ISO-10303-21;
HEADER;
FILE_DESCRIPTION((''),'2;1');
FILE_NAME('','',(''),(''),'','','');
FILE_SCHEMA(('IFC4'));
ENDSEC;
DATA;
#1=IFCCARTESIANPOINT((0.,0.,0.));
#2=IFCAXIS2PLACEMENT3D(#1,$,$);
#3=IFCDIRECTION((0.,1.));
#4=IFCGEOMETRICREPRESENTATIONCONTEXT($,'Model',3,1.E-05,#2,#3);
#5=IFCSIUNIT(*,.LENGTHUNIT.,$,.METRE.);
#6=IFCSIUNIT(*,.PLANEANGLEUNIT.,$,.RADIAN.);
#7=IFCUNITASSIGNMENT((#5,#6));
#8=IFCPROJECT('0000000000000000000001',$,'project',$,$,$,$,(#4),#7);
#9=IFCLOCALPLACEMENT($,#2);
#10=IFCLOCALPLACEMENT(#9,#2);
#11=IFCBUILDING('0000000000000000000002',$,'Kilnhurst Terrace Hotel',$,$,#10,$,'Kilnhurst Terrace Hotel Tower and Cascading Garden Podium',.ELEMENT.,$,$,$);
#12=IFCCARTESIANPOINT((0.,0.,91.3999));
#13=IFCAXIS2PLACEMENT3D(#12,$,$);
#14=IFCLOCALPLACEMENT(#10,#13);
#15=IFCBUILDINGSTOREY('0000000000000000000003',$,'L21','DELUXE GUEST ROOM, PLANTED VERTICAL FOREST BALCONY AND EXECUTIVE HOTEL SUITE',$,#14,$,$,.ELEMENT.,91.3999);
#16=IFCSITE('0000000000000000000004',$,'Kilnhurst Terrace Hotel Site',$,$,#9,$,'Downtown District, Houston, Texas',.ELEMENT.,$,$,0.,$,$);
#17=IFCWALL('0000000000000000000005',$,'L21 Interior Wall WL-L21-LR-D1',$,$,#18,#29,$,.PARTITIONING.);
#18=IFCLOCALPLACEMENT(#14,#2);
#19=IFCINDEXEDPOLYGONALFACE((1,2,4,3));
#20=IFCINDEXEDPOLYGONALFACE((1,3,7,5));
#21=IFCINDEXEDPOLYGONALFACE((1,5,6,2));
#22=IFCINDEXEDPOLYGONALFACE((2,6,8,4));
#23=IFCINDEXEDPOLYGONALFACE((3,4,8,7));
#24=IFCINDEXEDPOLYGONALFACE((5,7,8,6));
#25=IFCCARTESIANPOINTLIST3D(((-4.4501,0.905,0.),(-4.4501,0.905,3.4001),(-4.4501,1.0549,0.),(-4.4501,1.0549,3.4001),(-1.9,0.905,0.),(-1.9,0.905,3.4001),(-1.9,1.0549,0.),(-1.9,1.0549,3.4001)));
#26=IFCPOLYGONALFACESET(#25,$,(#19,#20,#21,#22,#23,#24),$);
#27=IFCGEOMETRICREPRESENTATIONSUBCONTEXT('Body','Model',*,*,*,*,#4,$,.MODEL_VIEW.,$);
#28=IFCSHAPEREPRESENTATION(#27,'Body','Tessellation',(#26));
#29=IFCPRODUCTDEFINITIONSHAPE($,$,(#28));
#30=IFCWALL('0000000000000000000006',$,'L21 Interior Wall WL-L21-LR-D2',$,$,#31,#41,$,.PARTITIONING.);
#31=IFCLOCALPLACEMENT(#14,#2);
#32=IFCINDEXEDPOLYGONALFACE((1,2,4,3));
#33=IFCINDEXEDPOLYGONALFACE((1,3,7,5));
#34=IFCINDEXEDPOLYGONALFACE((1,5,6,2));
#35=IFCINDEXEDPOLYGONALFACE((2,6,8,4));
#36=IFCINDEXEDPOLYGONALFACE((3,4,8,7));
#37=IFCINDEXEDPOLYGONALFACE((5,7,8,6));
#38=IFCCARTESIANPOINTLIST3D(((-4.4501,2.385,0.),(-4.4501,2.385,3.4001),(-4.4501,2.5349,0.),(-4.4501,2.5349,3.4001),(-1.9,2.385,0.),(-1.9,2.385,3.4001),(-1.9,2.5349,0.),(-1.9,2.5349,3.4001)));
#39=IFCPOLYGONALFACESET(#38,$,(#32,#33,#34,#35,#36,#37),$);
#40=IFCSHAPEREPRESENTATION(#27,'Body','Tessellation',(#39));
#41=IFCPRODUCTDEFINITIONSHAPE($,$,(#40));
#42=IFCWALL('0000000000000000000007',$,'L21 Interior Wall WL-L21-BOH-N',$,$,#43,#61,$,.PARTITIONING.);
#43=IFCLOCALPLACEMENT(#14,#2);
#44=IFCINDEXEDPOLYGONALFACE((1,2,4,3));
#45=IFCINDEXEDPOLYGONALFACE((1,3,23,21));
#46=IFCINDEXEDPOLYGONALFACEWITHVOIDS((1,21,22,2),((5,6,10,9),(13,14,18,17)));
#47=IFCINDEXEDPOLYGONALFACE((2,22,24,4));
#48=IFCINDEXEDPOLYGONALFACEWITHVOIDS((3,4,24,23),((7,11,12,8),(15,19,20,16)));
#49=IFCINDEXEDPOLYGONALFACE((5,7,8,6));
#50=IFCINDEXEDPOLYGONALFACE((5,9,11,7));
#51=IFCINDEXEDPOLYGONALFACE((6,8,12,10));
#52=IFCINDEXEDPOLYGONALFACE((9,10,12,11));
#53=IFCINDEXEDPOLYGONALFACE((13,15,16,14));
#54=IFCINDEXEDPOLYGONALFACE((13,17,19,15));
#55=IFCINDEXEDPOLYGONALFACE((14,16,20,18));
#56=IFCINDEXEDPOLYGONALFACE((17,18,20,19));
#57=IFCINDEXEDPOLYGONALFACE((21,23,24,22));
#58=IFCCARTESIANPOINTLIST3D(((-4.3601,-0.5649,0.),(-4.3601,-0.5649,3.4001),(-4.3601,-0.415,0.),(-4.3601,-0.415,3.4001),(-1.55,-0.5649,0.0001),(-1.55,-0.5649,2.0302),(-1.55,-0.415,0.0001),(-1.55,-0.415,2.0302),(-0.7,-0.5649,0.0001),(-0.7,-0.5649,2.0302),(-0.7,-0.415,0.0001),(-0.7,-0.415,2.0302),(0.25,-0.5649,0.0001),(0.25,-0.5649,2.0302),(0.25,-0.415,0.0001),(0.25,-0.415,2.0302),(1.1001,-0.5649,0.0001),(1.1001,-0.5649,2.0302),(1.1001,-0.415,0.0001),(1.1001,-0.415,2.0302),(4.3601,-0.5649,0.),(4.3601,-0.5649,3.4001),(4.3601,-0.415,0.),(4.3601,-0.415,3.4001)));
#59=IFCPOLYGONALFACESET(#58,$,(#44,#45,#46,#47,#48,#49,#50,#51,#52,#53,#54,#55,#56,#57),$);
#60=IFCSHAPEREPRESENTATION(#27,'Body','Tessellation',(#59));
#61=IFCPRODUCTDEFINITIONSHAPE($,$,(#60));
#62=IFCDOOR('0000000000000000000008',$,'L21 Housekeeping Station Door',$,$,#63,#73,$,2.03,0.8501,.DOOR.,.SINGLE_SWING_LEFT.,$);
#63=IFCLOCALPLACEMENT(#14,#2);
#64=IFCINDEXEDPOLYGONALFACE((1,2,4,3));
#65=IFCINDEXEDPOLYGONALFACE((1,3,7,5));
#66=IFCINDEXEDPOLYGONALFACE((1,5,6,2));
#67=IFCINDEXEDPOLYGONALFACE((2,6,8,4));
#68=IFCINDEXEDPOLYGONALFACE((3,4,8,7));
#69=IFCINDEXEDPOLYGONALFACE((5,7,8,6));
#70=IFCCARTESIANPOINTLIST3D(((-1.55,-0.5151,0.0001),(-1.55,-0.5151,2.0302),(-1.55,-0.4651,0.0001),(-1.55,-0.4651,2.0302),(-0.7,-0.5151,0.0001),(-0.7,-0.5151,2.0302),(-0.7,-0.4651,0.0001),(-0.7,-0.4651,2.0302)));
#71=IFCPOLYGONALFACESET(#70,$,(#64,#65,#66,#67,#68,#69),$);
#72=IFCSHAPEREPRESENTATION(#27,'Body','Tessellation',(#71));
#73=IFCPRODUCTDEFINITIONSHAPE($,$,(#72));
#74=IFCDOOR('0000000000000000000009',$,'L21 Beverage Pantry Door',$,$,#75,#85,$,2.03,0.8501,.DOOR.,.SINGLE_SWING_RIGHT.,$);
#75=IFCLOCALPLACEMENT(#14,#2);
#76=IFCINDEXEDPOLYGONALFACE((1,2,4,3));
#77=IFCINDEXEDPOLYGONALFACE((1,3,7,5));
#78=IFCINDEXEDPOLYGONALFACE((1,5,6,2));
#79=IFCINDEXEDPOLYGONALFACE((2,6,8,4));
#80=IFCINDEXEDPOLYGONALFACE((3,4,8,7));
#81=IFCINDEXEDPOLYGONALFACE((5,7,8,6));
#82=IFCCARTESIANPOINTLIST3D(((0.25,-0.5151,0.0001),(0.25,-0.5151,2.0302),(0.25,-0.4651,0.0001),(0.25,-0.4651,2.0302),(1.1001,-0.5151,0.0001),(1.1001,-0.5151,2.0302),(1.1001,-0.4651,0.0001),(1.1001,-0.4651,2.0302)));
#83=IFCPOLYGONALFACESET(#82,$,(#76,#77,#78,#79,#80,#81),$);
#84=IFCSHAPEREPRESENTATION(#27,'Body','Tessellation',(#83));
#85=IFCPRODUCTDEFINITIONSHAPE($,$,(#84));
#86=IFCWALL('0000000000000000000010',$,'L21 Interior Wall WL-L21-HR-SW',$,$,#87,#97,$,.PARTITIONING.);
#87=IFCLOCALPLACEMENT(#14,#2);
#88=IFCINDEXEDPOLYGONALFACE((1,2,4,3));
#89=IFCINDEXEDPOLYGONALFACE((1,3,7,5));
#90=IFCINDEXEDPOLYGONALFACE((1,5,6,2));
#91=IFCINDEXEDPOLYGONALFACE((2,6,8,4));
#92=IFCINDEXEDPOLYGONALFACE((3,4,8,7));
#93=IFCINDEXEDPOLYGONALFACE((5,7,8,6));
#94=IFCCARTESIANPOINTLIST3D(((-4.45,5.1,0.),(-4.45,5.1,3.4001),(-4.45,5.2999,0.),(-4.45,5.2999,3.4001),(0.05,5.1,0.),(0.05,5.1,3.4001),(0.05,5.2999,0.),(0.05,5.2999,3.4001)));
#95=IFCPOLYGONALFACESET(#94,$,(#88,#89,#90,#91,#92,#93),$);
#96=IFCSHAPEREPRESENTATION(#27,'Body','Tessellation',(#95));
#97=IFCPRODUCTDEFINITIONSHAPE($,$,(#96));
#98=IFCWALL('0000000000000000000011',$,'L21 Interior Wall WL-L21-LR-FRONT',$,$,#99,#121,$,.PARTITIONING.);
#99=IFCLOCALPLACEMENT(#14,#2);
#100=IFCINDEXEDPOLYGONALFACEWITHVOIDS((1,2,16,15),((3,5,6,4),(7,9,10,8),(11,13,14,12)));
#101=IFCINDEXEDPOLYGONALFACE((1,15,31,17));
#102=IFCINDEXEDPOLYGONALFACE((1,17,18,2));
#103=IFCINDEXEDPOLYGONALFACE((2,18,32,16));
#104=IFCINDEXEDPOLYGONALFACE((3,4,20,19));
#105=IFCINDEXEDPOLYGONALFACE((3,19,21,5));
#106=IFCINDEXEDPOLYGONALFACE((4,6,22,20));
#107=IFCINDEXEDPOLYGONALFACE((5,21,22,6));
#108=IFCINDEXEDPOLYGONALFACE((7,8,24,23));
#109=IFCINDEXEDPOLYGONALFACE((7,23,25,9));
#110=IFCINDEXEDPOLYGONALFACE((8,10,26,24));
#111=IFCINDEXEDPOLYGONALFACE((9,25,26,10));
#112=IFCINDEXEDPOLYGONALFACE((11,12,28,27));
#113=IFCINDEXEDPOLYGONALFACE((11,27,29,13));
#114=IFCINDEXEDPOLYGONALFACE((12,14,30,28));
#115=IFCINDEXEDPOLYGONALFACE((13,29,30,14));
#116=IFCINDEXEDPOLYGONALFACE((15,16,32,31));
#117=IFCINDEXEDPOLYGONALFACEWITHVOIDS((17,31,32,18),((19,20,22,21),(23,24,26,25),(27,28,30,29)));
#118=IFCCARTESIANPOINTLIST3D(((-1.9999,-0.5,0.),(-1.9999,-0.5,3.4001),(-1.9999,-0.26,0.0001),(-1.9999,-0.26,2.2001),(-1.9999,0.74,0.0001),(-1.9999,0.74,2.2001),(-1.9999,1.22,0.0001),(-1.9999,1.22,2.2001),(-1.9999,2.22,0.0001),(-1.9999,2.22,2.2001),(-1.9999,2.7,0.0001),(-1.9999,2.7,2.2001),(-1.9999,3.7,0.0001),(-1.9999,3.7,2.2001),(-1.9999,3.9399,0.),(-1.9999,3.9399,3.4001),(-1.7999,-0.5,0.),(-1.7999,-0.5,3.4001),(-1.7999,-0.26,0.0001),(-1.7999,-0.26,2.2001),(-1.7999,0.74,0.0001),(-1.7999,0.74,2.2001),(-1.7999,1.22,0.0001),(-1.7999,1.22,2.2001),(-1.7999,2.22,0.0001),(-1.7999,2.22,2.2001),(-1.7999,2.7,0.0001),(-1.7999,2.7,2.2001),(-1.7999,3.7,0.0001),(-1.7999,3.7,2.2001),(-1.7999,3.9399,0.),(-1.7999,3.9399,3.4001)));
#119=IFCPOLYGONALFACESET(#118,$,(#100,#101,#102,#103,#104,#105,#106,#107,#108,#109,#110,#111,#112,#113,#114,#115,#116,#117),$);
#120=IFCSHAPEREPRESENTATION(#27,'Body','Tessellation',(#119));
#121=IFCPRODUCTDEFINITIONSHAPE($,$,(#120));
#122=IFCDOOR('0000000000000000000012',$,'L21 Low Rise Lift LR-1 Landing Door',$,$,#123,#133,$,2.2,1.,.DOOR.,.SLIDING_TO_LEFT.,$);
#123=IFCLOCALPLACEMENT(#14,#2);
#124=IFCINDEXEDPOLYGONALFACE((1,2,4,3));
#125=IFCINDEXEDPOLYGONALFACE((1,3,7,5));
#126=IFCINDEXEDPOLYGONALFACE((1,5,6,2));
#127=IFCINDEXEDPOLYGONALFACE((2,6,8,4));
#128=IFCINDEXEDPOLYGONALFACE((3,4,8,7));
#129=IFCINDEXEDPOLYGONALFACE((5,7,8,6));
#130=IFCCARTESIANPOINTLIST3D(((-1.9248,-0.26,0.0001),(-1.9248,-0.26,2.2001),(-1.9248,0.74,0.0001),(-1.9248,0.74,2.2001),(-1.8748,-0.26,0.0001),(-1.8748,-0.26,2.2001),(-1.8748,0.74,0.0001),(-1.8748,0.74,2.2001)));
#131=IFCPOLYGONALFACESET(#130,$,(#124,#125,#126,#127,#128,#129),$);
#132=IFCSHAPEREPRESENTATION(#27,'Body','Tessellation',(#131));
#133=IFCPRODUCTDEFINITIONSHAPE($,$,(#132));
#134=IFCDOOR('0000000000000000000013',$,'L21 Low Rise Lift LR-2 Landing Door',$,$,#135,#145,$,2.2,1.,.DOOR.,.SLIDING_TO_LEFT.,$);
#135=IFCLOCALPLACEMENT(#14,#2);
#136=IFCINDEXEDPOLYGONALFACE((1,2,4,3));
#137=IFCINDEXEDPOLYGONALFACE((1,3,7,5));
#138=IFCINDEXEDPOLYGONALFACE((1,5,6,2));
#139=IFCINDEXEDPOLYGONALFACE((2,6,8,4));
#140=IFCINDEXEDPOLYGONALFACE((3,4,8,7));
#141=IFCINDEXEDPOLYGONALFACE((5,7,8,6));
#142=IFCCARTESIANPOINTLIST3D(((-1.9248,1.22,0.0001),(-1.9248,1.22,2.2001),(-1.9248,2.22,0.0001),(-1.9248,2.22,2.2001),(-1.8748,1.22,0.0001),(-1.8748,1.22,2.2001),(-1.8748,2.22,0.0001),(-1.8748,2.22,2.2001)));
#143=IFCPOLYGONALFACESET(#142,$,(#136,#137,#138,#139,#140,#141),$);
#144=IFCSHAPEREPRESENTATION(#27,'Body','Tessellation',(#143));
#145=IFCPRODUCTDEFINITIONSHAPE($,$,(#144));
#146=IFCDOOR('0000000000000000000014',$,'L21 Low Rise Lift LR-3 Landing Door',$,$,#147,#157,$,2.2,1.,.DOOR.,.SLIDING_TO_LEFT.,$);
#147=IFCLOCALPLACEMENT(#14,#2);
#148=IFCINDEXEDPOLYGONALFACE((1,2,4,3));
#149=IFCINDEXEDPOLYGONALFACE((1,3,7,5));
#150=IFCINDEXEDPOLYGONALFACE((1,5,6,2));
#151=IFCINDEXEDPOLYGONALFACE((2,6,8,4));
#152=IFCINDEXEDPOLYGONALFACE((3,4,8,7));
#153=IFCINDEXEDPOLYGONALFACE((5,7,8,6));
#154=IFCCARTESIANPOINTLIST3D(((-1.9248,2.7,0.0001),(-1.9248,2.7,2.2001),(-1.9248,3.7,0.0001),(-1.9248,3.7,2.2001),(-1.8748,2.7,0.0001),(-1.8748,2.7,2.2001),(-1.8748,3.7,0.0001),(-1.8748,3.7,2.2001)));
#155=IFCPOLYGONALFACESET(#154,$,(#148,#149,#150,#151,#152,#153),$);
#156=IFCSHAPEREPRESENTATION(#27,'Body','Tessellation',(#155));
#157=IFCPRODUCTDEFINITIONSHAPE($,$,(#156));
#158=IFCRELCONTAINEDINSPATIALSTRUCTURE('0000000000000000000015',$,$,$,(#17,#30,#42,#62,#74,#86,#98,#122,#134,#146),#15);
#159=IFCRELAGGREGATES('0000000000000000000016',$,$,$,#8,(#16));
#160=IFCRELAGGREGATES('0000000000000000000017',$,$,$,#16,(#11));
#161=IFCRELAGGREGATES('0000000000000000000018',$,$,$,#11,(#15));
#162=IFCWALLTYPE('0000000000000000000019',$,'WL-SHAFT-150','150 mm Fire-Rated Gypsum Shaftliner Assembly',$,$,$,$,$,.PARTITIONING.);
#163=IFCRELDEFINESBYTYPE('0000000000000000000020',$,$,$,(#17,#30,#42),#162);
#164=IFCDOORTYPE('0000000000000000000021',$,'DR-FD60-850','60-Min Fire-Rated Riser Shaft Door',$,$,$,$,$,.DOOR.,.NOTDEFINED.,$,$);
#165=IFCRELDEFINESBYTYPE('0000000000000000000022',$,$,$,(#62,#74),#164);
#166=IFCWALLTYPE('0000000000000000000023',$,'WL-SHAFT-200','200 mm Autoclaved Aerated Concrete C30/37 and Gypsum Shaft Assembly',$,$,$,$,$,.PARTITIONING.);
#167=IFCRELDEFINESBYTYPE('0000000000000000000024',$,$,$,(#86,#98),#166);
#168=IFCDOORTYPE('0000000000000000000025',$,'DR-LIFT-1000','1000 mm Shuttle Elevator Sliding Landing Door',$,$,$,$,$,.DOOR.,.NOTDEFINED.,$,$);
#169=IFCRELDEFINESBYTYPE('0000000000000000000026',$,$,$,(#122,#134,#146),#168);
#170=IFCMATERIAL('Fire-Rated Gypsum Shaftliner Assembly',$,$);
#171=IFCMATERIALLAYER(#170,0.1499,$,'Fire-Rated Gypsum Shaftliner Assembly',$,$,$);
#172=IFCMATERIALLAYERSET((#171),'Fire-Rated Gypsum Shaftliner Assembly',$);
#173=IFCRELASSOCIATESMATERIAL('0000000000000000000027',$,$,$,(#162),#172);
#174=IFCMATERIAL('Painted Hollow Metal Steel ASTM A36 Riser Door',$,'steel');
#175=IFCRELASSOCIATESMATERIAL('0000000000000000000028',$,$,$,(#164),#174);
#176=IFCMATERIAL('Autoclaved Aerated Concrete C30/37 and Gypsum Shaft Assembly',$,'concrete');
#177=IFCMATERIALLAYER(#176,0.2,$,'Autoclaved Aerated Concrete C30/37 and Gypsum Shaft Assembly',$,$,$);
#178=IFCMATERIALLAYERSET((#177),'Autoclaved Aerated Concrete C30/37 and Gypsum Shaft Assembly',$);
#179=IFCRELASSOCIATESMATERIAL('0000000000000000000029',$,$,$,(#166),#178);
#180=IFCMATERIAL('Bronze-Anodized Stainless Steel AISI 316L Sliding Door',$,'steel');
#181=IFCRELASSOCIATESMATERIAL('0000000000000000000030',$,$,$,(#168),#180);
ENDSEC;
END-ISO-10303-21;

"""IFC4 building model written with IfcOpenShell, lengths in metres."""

from ifc_helpers import new_model, si_unit, direction, frame, frame_2d, origin, place, context, subcontext, project, spatial, rectangle, extrude, material, layer, layer_set, type_object, element, fill, save


model = new_model("IFC4")

# Units and contexts
model_context = context("Model", 3, precision=1e-05, world=origin(), true_north=direction((0.0, 1.0)))
body_context = subcontext(model_context, "Body", "Model", "MODEL_VIEW")
ifc_project = project(units=[si_unit("LENGTHUNIT", "METRE"), si_unit("PLANEANGLEUNIT", "RADIAN")], contexts=[model_context])

# Site, building, storey
site_placement = place(None, origin())
site = spatial("IfcSite", under=ifc_project, at=site_placement, Name="Kilnhurst Terrace Hotel Site", LongName="Downtown District, Houston, Texas", CompositionType="ELEMENT", RefElevation=0.0)
building_placement = place(site_placement, origin())
building = spatial("IfcBuilding", under=site, at=building_placement, Name="Kilnhurst Terrace Hotel", LongName="Kilnhurst Terrace Hotel Tower and Cascading Garden Podium", CompositionType="ELEMENT")
storey_placement = place(building_placement, frame((0.0, 0.0, 91.3999)))
storey = spatial("IfcBuildingStorey", under=building, at=storey_placement, Name="L21", Description="DELUXE GUEST ROOM, PLANTED VERTICAL FOREST BALCONY AND EXECUTIVE HOTEL SUITE", CompositionType="ELEMENT", Elevation=91.3999)

# Walls
ifc_material_1 = material(Name="Fire-Rated Gypsum Shaftliner Assembly")
ifc_layer_1 = layer(ifc_material_1, 0.1499, Name="Fire-Rated Gypsum Shaftliner Assembly")
ifc_layer_set_1 = layer_set([ifc_layer_1], Name="Fire-Rated Gypsum Shaftliner Assembly")
wall_type_1 = type_object("IfcWallType", Name="WL-SHAFT-150", Description="150 mm Fire-Rated Gypsum Shaftliner Assembly", PredefinedType="PARTITIONING", material=ifc_layer_set_1)
for number, where, z_axis, x_axis, name in (
    (1, (-4.45, 0.98, 0.0), (0.0, 0.0, 1.0), (1.0, 0.0, 0.0), "L21 Interior Wall WL-L21-LR-D1"),
    (2, (-4.45, 2.46, 0.0), (0.0, 0.0, 1.0), (1.0, 0.0, 0.0), "L21 Interior Wall WL-L21-LR-D2"),
):
    element("IfcWall", number, at=place(storey_placement, frame(where, z_axis=z_axis, x_axis=x_axis)), inside=storey, type_object=wall_type_1, Name=name, PredefinedType="PARTITIONING", context=body_context, shape_type="SweptSolid", body=[
        extrude(rectangle(XDim=2.55, YDim=0.1499, at=frame_2d((1.2749, 0.0))), origin(), (0.0, 0.0, 1.0), 3.4001),
    ])

# Wall, openings, doors
wall_1_placement = place(storey_placement, frame((-4.3601, -0.49, 0.0), z_axis=(0.0, 0.0, 1.0), x_axis=(1.0, 0.0, 0.0)))
wall_1 = element("IfcWall", 3, at=wall_1_placement, inside=storey, type_object=wall_type_1, Name="L21 Interior Wall WL-L21-BOH-N", PredefinedType="PARTITIONING", context=body_context, shape_type="SweptSolid", body=[
    extrude(rectangle(XDim=8.7202, YDim=0.1499, at=frame_2d((4.3601, 0.0))), origin(), (0.0, 0.0, 1.0), 3.4001),
])
opening_1_placement = place(wall_1_placement, frame((2.8101, 0.0, 0.0)))
opening_1 = element("IfcOpeningElement", 4, at=opening_1_placement, cuts=wall_1, PredefinedType="OPENING", context=body_context, shape_type="SweptSolid", body=[
    extrude(rectangle(XDim=0.8501, YDim=2.03, at=frame_2d((0.425, 1.0151))), frame((0.0, 0.085, 0.0), z_axis=(0.0, -1.0, 0.0), x_axis=(1.0, 0.0, 0.0)), (0.0, 0.0, 1.0), 0.1699),
])
opening_2_placement = place(wall_1_placement, frame((4.6101, 0.0, 0.0)))
opening_2 = element("IfcOpeningElement", 5, at=opening_2_placement, cuts=wall_1, PredefinedType="OPENING", context=body_context, shape_type="SweptSolid", body=[
    extrude(rectangle(XDim=0.8501, YDim=2.03, at=frame_2d((0.425, 1.0151))), frame((0.0, 0.085, 0.0), z_axis=(0.0, -1.0, 0.0), x_axis=(1.0, 0.0, 0.0)), (0.0, 0.0, 1.0), 0.1699),
])
ifc_material_2 = material(Name="Painted Hollow Metal Steel ASTM A36 Riser Door", Category="steel")
door_type_1 = type_object("IfcDoorType", Name="DR-FD60-850", Description="60-Min Fire-Rated Riser Shaft Door", OperationType="NOTDEFINED", PredefinedType="DOOR", material=ifc_material_2)
door_1_placement = place(opening_1_placement, origin())
door_1 = element("IfcDoor", 6, at=door_1_placement, inside=storey, type_object=door_type_1, Name="L21 Housekeeping Station Door", OperationType="SINGLE_SWING_LEFT", OverallHeight=2.03, OverallWidth=0.8501, PredefinedType="DOOR", context=body_context, shape_type="SweptSolid", body=[
    extrude(rectangle(XDim=0.8501, YDim=2.03, at=frame_2d((0.425, 1.0151))), frame((0.0, 0.0249, 0.0), z_axis=(0.0, -1.0, 0.0), x_axis=(1.0, 0.0, 0.0)), (0.0, 0.0, 1.0), 0.05),
])
fill(opening_1, door_1)
door_2_placement = place(opening_2_placement, origin())
door_2 = element("IfcDoor", 7, at=door_2_placement, inside=storey, type_object=door_type_1, Name="L21 Beverage Pantry Door", OperationType="SINGLE_SWING_RIGHT", OverallHeight=2.03, OverallWidth=0.8501, PredefinedType="DOOR", context=body_context, shape_type="SweptSolid", body=[
    extrude(rectangle(XDim=0.8501, YDim=2.03, at=frame_2d((0.425, 1.0151))), frame((0.0, 0.0249, 0.0), z_axis=(0.0, -1.0, 0.0), x_axis=(1.0, 0.0, 0.0)), (0.0, 0.0, 1.0), 0.05),
])
fill(opening_2, door_2)

# Wall
ifc_material_3 = material(Name="Autoclaved Aerated Concrete C30/37 and Gypsum Shaft Assembly", Category="concrete")
ifc_layer_2 = layer(ifc_material_3, 0.2, Name="Autoclaved Aerated Concrete C30/37 and Gypsum Shaft Assembly")
ifc_layer_set_2 = layer_set([ifc_layer_2], Name="Autoclaved Aerated Concrete C30/37 and Gypsum Shaft Assembly")
wall_type_2 = type_object("IfcWallType", Name="WL-SHAFT-200", Description="200 mm Autoclaved Aerated Concrete C30/37 and Gypsum Shaft Assembly", PredefinedType="PARTITIONING", material=ifc_layer_set_2)
wall_2_placement = place(storey_placement, frame((-4.45, 5.2, 0.0), z_axis=(0.0, 0.0, 1.0), x_axis=(1.0, 0.0, 0.0)))
element("IfcWall", 8, at=wall_2_placement, inside=storey, type_object=wall_type_2, Name="L21 Interior Wall WL-L21-HR-SW", PredefinedType="PARTITIONING", context=body_context, shape_type="SweptSolid", body=[
    extrude(rectangle(XDim=4.5, YDim=0.2, at=frame_2d((2.25, 0.0))), origin(), (0.0, 0.0, 1.0), 3.4001),
])

# Wall, openings, doors
wall_3_placement = place(storey_placement, frame((-1.8999, -0.5, 0.0), z_axis=(0.0, 0.0, 1.0), x_axis=(0.0, 1.0, 0.0)))
wall_3 = element("IfcWall", 9, at=wall_3_placement, inside=storey, type_object=wall_type_2, Name="L21 Interior Wall WL-L21-LR-FRONT", PredefinedType="PARTITIONING", context=body_context, shape_type="SweptSolid", body=[
    extrude(rectangle(XDim=4.4399, YDim=0.2, at=frame_2d((2.22, 0.0))), origin(), (0.0, 0.0, 1.0), 3.4001),
])
opening_3_placement = place(wall_3_placement, frame((0.24, 0.0, 0.0)))
opening_3 = element("IfcOpeningElement", 10, at=opening_3_placement, cuts=wall_3, PredefinedType="OPENING", context=body_context, shape_type="SweptSolid", body=[
    extrude(rectangle(XDim=1.0, YDim=2.2, at=frame_2d((0.5, 1.1001))), frame((0.0, 0.1099, 0.0), z_axis=(0.0, -1.0, 0.0), x_axis=(1.0, 0.0, 0.0)), (0.0, 0.0, 1.0), 0.22),
])
opening_4_placement = place(wall_3_placement, frame((1.72, 0.0, 0.0)))
opening_4 = element("IfcOpeningElement", 11, at=opening_4_placement, cuts=wall_3, PredefinedType="OPENING", context=body_context, shape_type="SweptSolid", body=[
    extrude(rectangle(XDim=1.0, YDim=2.2, at=frame_2d((0.5, 1.1001))), frame((0.0, 0.1099, 0.0), z_axis=(0.0, -1.0, 0.0), x_axis=(1.0, 0.0, 0.0)), (0.0, 0.0, 1.0), 0.22),
])
opening_5_placement = place(wall_3_placement, frame((3.2, 0.0, 0.0)))
opening_5 = element("IfcOpeningElement", 12, at=opening_5_placement, cuts=wall_3, PredefinedType="OPENING", context=body_context, shape_type="SweptSolid", body=[
    extrude(rectangle(XDim=1.0, YDim=2.2, at=frame_2d((0.5, 1.1001))), frame((0.0, 0.1099, 0.0), z_axis=(0.0, -1.0, 0.0), x_axis=(1.0, 0.0, 0.0)), (0.0, 0.0, 1.0), 0.22),
])
ifc_material_4 = material(Name="Bronze-Anodized Stainless Steel AISI 316L Sliding Door", Category="steel")
door_type_2 = type_object("IfcDoorType", Name="DR-LIFT-1000", Description="1000 mm Shuttle Elevator Sliding Landing Door", OperationType="NOTDEFINED", PredefinedType="DOOR", material=ifc_material_4)
door_3_placement = place(opening_3_placement, origin())
door_3 = element("IfcDoor", 13, at=door_3_placement, inside=storey, type_object=door_type_2, Name="L21 Low Rise Lift LR-1 Landing Door", OperationType="SLIDING_TO_LEFT", OverallHeight=2.2, OverallWidth=1.0, PredefinedType="DOOR", context=body_context, shape_type="SweptSolid", body=[
    extrude(rectangle(XDim=1.0, YDim=2.2, at=frame_2d((0.5, 1.1001))), frame((0.0, 0.0249, 0.0), z_axis=(0.0, -1.0, 0.0), x_axis=(1.0, 0.0, 0.0)), (0.0, 0.0, 1.0), 0.05),
])
fill(opening_3, door_3)
door_4_placement = place(opening_4_placement, origin())
door_4 = element("IfcDoor", 14, at=door_4_placement, inside=storey, type_object=door_type_2, Name="L21 Low Rise Lift LR-2 Landing Door", OperationType="SLIDING_TO_LEFT", OverallHeight=2.2, OverallWidth=1.0, PredefinedType="DOOR", context=body_context, shape_type="SweptSolid", body=[
    extrude(rectangle(XDim=1.0, YDim=2.2, at=frame_2d((0.5, 1.1001))), frame((0.0, 0.0249, 0.0), z_axis=(0.0, -1.0, 0.0), x_axis=(1.0, 0.0, 0.0)), (0.0, 0.0, 1.0), 0.05),
])
fill(opening_4, door_4)
door_5_placement = place(opening_5_placement, origin())
door_5 = element("IfcDoor", 15, at=door_5_placement, inside=storey, type_object=door_type_2, Name="L21 Low Rise Lift LR-3 Landing Door", OperationType="SLIDING_TO_LEFT", OverallHeight=2.2, OverallWidth=1.0, PredefinedType="DOOR", context=body_context, shape_type="SweptSolid", body=[
    extrude(rectangle(XDim=1.0, YDim=2.2, at=frame_2d((0.5, 1.1001))), frame((0.0, 0.0249, 0.0), z_axis=(0.0, -1.0, 0.0), x_axis=(1.0, 0.0, 0.0)), (0.0, 0.0, 1.0), 0.05),
])
fill(opening_5, door_5)

save(model, "model.ifc")
